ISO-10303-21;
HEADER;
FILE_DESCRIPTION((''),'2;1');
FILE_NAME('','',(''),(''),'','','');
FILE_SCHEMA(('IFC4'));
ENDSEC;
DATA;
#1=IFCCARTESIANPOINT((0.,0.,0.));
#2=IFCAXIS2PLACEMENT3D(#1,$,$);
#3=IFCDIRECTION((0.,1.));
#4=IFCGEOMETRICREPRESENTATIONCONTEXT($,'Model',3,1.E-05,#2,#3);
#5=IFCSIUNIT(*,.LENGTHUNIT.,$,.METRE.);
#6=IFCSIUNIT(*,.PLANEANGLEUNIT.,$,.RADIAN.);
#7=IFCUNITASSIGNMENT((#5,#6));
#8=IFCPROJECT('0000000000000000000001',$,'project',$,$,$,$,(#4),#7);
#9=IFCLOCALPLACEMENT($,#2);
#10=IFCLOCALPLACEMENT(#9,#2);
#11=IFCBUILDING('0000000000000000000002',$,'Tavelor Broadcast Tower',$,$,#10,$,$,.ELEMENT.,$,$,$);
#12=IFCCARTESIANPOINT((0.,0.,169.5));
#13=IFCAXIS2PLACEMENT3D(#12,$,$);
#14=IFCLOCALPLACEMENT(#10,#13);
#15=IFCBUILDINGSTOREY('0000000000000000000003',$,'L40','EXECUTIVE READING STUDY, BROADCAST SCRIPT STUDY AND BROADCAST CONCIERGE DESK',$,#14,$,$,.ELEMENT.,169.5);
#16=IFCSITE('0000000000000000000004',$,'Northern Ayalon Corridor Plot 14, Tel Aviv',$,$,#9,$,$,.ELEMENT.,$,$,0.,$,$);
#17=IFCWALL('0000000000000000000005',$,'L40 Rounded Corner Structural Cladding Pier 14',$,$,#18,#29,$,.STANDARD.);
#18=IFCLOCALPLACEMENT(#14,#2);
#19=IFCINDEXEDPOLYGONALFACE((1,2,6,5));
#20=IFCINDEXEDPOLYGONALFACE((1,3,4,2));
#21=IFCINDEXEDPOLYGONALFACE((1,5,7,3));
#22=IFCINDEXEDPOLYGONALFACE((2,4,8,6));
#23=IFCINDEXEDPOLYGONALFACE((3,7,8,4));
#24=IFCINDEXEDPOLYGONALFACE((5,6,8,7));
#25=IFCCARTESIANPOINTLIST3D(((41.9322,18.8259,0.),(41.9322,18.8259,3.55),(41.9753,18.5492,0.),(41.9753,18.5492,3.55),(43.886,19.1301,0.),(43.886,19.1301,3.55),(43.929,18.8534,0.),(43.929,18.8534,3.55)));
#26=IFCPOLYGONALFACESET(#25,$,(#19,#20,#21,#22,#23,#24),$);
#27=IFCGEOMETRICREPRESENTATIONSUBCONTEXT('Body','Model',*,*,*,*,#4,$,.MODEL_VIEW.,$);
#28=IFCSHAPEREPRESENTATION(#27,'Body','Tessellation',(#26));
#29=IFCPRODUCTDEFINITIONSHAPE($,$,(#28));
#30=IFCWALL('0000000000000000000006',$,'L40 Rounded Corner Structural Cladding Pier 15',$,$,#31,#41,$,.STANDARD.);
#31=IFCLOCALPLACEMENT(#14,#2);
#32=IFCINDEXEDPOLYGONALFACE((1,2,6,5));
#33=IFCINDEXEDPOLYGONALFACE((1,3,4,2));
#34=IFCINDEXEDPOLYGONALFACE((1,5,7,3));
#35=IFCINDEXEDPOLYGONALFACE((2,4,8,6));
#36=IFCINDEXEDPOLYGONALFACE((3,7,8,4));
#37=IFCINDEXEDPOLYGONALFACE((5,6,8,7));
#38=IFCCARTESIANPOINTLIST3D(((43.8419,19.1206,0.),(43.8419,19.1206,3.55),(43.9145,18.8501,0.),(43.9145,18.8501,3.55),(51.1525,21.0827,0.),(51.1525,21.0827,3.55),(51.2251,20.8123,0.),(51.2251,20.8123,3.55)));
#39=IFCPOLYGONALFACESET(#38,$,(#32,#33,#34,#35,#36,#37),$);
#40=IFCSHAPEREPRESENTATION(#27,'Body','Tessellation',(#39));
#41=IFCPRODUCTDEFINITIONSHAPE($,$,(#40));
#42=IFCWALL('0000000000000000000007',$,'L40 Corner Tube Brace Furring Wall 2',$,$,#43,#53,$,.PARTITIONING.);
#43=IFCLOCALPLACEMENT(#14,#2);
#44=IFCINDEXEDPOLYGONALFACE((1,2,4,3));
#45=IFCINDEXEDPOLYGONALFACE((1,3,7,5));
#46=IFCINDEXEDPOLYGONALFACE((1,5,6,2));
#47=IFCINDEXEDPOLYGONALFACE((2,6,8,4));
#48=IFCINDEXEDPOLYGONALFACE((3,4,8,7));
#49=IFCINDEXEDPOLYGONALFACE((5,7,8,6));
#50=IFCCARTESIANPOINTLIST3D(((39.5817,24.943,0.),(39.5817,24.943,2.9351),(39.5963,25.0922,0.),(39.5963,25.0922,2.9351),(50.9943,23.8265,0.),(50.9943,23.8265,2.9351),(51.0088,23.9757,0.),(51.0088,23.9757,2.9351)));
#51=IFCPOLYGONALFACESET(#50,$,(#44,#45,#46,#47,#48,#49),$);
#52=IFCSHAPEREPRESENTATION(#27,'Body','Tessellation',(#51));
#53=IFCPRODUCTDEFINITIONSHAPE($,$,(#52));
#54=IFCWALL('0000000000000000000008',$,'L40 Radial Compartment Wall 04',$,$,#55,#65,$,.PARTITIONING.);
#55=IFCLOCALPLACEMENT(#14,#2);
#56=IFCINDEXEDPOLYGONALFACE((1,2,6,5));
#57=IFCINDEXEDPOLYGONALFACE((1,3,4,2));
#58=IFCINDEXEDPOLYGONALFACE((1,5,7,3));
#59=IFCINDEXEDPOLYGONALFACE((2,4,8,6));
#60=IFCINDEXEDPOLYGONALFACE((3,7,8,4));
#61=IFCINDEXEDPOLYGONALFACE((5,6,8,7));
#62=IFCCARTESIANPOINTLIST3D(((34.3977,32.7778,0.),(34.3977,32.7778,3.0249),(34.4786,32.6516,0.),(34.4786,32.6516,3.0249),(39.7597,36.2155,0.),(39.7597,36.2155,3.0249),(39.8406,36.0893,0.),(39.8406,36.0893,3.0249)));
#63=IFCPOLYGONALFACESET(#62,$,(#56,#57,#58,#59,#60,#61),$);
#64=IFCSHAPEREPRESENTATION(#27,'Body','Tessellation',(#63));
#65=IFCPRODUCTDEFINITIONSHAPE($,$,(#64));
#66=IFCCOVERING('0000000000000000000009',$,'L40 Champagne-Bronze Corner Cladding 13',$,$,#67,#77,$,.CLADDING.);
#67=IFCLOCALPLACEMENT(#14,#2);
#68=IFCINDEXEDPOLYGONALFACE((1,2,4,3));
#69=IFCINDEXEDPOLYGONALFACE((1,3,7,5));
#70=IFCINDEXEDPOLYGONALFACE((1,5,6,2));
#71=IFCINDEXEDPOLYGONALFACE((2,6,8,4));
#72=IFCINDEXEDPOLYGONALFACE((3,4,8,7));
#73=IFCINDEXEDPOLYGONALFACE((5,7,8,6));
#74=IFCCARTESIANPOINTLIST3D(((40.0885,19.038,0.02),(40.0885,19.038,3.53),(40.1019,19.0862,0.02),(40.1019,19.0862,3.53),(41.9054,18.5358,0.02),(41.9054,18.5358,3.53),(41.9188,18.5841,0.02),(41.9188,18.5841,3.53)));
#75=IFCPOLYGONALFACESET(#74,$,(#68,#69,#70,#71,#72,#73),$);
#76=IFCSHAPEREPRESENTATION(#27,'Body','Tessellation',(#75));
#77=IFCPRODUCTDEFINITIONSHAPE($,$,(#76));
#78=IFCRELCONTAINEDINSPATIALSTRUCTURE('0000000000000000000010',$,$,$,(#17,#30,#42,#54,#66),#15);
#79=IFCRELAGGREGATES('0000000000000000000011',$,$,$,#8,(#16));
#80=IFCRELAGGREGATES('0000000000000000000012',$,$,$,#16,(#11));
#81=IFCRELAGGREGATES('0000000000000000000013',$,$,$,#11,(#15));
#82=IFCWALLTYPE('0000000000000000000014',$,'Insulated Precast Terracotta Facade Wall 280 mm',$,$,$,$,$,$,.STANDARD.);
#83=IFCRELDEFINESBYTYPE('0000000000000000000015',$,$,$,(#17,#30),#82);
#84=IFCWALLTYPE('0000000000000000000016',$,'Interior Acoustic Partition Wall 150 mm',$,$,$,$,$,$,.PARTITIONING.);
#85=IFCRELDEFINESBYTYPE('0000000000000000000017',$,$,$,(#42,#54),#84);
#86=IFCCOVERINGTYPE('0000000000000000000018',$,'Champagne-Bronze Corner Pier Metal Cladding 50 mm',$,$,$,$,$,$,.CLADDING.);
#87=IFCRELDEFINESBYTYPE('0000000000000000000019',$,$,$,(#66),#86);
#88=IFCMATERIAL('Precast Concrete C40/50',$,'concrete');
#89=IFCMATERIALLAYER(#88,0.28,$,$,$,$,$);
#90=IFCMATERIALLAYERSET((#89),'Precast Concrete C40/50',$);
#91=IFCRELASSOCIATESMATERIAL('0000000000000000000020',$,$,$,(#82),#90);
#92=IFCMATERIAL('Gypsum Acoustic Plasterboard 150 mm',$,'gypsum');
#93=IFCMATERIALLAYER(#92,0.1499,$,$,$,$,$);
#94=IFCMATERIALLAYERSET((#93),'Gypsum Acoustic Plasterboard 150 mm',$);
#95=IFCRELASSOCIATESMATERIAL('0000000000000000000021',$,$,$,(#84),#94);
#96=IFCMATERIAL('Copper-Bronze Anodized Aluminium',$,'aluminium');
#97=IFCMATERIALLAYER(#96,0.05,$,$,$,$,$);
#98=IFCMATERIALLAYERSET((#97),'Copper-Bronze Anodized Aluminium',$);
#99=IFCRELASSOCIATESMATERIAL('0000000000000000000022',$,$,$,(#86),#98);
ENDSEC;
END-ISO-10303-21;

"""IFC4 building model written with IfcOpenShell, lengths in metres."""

from ifc_helpers import new_model, si_unit, direction, frame, frame_2d, origin, origin_2d, place, context, subcontext, project, spatial, rectangle, extrude, material, layer, layer_set, type_object, element, save


model = new_model("IFC4")

# Units and contexts
model_context = context("Model", 3, precision=1e-05, world=origin(), true_north=direction((0.0, 1.0)))
body_context = subcontext(model_context, "Body", "Model", "MODEL_VIEW")
ifc_project = project(units=[si_unit("LENGTHUNIT", "METRE"), si_unit("PLANEANGLEUNIT", "RADIAN")], contexts=[model_context])

# Site, building, storey
site_placement = place(None, origin())
site = spatial("IfcSite", under=ifc_project, at=site_placement, Name="Northern Ayalon Corridor Plot 14, Tel Aviv", CompositionType="ELEMENT", RefElevation=0.0)
building_placement = place(site_placement, origin())
building = spatial("IfcBuilding", under=site, at=building_placement, Name="Tavelor Broadcast Tower", CompositionType="ELEMENT")
storey_placement = place(building_placement, frame((0.0, 0.0, 169.5)))
storey = spatial("IfcBuildingStorey", under=building, at=storey_placement, Name="L40", Description="EXECUTIVE READING STUDY, BROADCAST SCRIPT STUDY AND BROADCAST CONCIERGE DESK", CompositionType="ELEMENT", Elevation=169.5)

# Walls
ifc_material_1 = material(Name="Precast Concrete C40/50", Category="concrete")
ifc_layer_1 = layer(ifc_material_1, 0.28)
ifc_layer_set_1 = layer_set([ifc_layer_1], Name="Precast Concrete C40/50")
wall_type_1 = type_object("IfcWallType", Name="Insulated Precast Terracotta Facade Wall 280 mm", PredefinedType="STANDARD", material=ifc_layer_set_1)
wall_1_placement = place(storey_placement, frame((41.9536, 18.6875, 0.0), z_axis=(0.0, 0.0, 1.0), x_axis=(0.988096, 0.153838, 0.0)))
element("IfcWall", 1, at=wall_1_placement, inside=storey, type_object=wall_type_1, Name="L40 Rounded Corner Structural Cladding Pier 14", PredefinedType="STANDARD", context=body_context, shape_type="SweptSolid", body=[
    extrude(rectangle(XDim=1.9773, YDim=0.28, at=frame_2d((0.9888, 0.0))), origin(), (0.0, 0.0, 1.0), 3.55),
])
wall_2_placement = place(storey_placement, frame((43.8782, 18.9854, 0.0), z_axis=(0.0, 0.0, 1.0), x_axis=(0.965817, 0.259226, 0.0)))
element("IfcWall", 2, at=wall_2_placement, inside=storey, type_object=wall_type_1, Name="L40 Rounded Corner Structural Cladding Pier 15", PredefinedType="STANDARD", context=body_context, shape_type="SweptSolid", body=[
    extrude(rectangle(XDim=7.5693, YDim=0.28, at=frame_2d((3.7847, 0.0))), origin(), (0.0, 0.0, 1.0), 3.55),
])
ifc_material_2 = material(Name="Gypsum Acoustic Plasterboard 150 mm", Category="gypsum")
ifc_layer_2 = layer(ifc_material_2, 0.1499)
ifc_layer_set_2 = layer_set([ifc_layer_2], Name="Gypsum Acoustic Plasterboard 150 mm")
wall_type_2 = type_object("IfcWallType", Name="Interior Acoustic Partition Wall 150 mm", PredefinedType="PARTITIONING", material=ifc_layer_set_2)
wall_3_placement = place(storey_placement, frame((39.5891, 25.0176, 0.0), z_axis=(0.0, 0.0, 1.0), x_axis=(0.995249, -0.097362, 0.0)))
element("IfcWall", 3, at=wall_3_placement, inside=storey, type_object=wall_type_2, Name="L40 Corner Tube Brace Furring Wall 2", PredefinedType="PARTITIONING", context=body_context, shape_type="SweptSolid", body=[
    extrude(rectangle(XDim=11.467, YDim=0.1499, at=frame_2d((5.7334, 0.0))), origin(), (0.0, 0.0, 1.0), 2.9351),
])
wall_4_placement = place(storey_placement, frame((39.8, 36.1523, 0.0), z_axis=(0.0, 0.0, 1.0), x_axis=(-0.841842, -0.539725, 0.0)))
element("IfcWall", 4, at=wall_4_placement, inside=storey, type_object=wall_type_2, Name="L40 Radial Compartment Wall 04", PredefinedType="PARTITIONING", context=body_context, shape_type="SweptSolid", body=[
    extrude(rectangle(XDim=6.3694, YDim=0.1499, at=frame_2d((3.1846, 0.0))), origin(), (0.0, 0.0, 1.0), 3.0249),
])

# Covering
ifc_material_3 = material(Name="Copper-Bronze Anodized Aluminium", Category="aluminium")
ifc_layer_3 = layer(ifc_material_3, 0.05)
ifc_layer_set_3 = layer_set([ifc_layer_3], Name="Copper-Bronze Anodized Aluminium")
covering_type = type_object("IfcCoveringType", Name="Champagne-Bronze Corner Pier Metal Cladding 50 mm", PredefinedType="CLADDING", material=ifc_layer_set_3)
covering_placement = place(storey_placement, frame((41.0037, 18.811, 0.02), z_axis=(0.0, 0.0, 1.0), x_axis=(0.963863, -0.266397, 0.0)))
element("IfcCovering", 5, at=covering_placement, inside=storey, type_object=covering_type, Name="L40 Champagne-Bronze Corner Cladding 13", PredefinedType="CLADDING", context=body_context, shape_type="SweptSolid", body=[
    extrude(rectangle(XDim=1.885, YDim=0.05, at=origin_2d()), origin(), (0.0, 0.0, 1.0), 3.51),
])

save(model, "model.ifc")
